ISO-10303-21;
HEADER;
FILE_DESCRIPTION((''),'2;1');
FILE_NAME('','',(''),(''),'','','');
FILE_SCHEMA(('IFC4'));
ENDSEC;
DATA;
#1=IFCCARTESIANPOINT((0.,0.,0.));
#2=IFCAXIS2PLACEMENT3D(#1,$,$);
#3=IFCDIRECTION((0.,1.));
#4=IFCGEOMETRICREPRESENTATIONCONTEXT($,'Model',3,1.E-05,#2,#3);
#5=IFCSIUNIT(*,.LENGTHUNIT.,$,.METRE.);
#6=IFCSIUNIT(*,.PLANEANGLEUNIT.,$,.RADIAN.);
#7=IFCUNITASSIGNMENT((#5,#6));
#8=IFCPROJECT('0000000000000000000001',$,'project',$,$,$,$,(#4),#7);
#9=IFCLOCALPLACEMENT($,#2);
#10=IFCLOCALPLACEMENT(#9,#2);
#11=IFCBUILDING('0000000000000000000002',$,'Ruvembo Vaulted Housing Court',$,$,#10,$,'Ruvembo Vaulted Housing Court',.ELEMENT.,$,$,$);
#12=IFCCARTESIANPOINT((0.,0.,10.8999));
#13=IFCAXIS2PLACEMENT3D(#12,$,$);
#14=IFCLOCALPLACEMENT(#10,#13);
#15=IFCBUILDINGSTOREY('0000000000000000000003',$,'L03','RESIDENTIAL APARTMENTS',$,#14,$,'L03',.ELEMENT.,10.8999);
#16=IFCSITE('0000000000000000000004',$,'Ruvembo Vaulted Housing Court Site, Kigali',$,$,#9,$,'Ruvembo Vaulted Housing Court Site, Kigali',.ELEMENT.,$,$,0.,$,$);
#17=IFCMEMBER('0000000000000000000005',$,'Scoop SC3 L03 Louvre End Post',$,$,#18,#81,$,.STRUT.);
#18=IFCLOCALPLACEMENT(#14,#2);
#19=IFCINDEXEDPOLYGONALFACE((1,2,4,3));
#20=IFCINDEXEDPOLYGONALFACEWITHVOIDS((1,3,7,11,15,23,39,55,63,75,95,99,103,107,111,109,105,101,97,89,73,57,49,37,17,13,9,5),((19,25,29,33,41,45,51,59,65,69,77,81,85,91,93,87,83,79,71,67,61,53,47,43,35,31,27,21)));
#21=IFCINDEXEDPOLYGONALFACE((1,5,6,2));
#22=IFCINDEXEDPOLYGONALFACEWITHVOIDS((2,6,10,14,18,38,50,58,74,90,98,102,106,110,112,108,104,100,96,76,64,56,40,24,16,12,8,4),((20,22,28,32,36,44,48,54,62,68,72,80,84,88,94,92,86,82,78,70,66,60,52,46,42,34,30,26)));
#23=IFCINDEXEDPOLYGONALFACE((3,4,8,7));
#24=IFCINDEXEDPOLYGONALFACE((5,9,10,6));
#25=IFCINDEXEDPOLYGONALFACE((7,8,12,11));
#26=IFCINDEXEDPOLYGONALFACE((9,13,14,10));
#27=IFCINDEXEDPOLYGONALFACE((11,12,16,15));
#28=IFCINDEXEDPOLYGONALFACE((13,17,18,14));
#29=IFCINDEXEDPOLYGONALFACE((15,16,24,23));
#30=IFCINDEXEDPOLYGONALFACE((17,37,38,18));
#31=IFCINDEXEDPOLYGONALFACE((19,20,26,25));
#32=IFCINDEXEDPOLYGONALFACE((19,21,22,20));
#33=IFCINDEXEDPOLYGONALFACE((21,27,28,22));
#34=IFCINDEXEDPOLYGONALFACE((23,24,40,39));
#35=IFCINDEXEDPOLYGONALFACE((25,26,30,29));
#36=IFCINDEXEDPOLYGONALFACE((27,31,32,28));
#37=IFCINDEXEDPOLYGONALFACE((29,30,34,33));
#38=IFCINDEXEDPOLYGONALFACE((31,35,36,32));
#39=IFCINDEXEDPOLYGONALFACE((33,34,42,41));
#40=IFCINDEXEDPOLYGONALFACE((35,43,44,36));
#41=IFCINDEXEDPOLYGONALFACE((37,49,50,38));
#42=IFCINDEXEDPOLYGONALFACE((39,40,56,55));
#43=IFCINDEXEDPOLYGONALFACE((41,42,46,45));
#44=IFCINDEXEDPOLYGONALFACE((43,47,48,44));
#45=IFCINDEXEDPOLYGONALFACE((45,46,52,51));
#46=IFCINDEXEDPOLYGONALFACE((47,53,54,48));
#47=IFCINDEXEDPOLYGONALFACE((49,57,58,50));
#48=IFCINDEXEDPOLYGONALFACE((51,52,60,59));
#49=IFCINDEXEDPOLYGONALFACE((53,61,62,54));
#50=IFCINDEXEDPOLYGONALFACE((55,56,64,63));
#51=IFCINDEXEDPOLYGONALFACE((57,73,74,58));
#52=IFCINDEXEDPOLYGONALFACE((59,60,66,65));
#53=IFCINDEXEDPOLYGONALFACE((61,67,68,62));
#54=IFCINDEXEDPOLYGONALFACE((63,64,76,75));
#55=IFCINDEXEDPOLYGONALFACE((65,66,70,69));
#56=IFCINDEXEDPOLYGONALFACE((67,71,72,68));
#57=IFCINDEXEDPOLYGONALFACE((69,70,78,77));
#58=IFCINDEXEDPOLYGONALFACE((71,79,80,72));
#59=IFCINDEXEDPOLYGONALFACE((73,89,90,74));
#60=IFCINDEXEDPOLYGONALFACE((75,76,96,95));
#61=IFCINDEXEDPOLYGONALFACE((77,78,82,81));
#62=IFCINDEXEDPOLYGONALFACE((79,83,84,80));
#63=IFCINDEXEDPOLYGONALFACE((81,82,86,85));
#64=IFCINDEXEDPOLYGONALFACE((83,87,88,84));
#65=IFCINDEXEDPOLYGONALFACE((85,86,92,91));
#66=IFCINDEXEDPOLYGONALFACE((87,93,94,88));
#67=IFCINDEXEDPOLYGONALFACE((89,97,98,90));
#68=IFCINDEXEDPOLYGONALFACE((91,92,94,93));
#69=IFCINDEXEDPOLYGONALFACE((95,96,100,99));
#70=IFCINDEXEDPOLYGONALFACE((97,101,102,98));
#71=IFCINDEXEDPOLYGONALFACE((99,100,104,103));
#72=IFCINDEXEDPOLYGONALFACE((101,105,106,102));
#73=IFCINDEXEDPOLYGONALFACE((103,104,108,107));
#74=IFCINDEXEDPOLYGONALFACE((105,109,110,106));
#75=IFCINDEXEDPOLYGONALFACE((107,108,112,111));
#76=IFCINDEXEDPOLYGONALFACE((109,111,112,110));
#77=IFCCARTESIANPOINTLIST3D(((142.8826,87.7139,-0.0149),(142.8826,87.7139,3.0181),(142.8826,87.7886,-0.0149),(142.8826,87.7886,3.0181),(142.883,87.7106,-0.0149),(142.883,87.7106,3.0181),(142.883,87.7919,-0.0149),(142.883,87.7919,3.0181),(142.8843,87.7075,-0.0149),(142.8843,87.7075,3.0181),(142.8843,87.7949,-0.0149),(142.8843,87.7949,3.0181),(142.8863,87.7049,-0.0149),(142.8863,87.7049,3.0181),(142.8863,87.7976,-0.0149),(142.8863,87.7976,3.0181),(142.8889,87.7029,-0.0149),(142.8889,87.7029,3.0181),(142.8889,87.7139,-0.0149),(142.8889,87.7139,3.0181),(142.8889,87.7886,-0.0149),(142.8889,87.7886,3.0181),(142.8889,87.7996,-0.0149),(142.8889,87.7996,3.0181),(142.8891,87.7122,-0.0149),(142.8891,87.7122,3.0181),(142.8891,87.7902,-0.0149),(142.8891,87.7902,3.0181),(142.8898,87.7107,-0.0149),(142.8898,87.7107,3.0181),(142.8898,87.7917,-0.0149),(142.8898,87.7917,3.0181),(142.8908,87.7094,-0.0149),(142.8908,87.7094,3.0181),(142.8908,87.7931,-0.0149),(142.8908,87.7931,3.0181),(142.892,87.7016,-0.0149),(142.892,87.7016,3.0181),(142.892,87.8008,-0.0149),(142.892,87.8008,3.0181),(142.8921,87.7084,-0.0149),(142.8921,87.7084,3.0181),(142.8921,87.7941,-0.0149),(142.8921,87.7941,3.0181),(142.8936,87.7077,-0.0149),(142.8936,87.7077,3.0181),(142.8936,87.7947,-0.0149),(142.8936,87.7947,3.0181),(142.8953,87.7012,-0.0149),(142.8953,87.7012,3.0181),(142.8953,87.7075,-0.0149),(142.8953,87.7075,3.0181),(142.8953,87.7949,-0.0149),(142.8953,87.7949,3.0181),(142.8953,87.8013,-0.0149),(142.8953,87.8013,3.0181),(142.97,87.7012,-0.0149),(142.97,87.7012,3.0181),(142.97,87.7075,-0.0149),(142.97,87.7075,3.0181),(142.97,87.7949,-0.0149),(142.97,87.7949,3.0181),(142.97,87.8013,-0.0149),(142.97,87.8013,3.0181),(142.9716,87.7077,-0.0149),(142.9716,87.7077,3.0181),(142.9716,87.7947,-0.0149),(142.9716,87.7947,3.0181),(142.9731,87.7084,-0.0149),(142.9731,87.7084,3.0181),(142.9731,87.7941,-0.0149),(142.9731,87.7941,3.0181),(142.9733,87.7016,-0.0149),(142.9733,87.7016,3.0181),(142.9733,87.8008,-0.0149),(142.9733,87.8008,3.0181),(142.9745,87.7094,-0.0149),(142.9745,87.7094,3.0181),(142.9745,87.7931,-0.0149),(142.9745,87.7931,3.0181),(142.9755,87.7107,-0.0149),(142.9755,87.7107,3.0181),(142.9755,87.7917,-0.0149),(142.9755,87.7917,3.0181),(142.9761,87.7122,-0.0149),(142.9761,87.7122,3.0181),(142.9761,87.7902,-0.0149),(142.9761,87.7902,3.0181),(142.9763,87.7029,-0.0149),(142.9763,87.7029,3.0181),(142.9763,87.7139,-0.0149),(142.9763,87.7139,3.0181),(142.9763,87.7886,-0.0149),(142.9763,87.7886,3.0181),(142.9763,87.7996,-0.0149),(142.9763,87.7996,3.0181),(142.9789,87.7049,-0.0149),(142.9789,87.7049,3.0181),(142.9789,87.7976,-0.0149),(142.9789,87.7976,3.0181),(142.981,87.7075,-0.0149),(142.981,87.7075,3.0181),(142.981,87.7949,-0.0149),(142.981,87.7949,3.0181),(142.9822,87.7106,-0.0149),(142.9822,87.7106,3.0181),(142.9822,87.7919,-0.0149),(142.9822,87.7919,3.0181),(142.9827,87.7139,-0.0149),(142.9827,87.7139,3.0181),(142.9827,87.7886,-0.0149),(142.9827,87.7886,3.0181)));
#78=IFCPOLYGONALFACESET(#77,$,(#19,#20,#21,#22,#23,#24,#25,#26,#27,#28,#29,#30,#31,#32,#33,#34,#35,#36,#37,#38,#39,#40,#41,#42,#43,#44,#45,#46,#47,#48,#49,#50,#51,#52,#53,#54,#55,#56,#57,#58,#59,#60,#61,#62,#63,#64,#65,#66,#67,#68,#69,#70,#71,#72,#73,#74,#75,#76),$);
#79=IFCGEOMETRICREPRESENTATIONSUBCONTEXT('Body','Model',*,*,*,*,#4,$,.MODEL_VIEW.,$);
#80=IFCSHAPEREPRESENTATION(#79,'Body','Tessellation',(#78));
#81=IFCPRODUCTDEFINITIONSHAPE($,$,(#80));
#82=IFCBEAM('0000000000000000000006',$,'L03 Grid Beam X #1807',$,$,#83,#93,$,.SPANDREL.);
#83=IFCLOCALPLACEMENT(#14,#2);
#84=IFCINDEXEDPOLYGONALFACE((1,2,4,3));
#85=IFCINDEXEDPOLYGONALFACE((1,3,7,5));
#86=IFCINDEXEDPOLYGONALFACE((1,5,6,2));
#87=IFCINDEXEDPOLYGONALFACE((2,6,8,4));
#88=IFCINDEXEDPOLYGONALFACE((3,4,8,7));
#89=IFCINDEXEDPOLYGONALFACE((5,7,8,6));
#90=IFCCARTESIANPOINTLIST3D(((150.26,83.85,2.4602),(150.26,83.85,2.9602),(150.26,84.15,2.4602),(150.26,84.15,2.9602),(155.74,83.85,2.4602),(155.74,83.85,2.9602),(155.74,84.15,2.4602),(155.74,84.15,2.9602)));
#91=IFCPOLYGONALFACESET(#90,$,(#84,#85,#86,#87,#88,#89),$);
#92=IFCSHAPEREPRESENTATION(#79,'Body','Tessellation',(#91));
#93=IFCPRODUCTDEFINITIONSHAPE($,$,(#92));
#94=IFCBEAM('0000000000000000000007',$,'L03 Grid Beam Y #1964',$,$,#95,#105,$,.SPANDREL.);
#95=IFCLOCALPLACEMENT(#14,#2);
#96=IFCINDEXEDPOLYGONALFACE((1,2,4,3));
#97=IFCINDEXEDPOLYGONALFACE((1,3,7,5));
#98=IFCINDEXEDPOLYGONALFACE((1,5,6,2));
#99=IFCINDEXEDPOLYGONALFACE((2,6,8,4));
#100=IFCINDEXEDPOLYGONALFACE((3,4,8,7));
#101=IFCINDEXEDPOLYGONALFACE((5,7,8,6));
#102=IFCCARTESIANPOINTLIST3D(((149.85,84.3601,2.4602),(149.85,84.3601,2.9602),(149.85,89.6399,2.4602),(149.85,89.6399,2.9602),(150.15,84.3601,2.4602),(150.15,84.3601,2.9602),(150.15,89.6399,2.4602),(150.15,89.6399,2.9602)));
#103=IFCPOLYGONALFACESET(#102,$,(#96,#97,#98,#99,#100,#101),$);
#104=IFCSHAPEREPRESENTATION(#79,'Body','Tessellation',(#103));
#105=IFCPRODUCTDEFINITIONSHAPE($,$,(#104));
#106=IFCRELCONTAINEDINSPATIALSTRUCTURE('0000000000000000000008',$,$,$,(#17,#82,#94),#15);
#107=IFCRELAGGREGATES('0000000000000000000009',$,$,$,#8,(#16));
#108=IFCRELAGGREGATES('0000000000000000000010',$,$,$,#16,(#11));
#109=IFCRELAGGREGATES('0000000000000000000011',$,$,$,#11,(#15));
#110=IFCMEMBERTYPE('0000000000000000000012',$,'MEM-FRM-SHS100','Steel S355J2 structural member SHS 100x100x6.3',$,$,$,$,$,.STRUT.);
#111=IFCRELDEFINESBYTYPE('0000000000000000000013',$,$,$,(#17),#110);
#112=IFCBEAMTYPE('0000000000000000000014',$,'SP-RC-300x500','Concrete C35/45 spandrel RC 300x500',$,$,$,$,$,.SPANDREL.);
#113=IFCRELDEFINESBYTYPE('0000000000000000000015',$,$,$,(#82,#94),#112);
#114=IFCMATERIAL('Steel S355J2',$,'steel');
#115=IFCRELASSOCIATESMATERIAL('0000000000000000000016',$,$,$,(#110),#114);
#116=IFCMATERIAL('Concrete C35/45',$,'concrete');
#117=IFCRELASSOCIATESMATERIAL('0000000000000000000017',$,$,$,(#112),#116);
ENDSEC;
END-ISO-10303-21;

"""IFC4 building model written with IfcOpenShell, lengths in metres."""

from ifc_helpers import new_model, si_unit, direction, frame, origin, origin_2d, place, context, subcontext, project, spatial, rectangle, hollow_rectangle, extrude, material, material_profile, profile_set, type_object, element, save


model = new_model("IFC4")

# Units and contexts
model_context = context("Model", 3, precision=1e-05, world=origin(), true_north=direction((0.0, 1.0)))
body_context = subcontext(model_context, "Body", "Model", "MODEL_VIEW")
ifc_project = project(units=[si_unit("LENGTHUNIT", "METRE"), si_unit("PLANEANGLEUNIT", "RADIAN")], contexts=[model_context])

# Site, building, storey
site_placement = place(None, origin())
site = spatial("IfcSite", under=ifc_project, at=site_placement, Name="Ruvembo Vaulted Housing Court Site, Kigali", LongName="Ruvembo Vaulted Housing Court Site, Kigali", CompositionType="ELEMENT", RefElevation=0.0)
building_placement = place(site_placement, origin())
building = spatial("IfcBuilding", under=site, at=building_placement, Name="Ruvembo Vaulted Housing Court", LongName="Ruvembo Vaulted Housing Court", CompositionType="ELEMENT")
storey_placement = place(building_placement, frame((0.0, 0.0, 10.8999)))
storey = spatial("IfcBuildingStorey", under=building, at=storey_placement, Name="L03", Description="RESIDENTIAL APARTMENTS", LongName="L03", CompositionType="ELEMENT", Elevation=10.8999)

# Shared definitions
ifc_material_1 = material(Name="Steel S355J2", Category="steel")

# Member
ifc_material_profile_1 = material_profile(ifc_material_1, hollow_rectangle(XDim=0.1001, YDim=0.1001, WallThickness=0.0063, InnerFilletRadius=0.0063, OuterFilletRadius=0.0127, at=origin_2d()), Name="SHS 100x100x6.3")
ifc_profile_set_1 = profile_set([ifc_material_profile_1], Name="Steel S355J2")
member_type_1 = type_object("IfcMemberType", Name="MEM-FRM-SHS100", Description="Steel S355J2 structural member SHS 100x100x6.3", PredefinedType="STRUT", material=ifc_profile_set_1)
for number, where, z_axis, x_axis, name in (
    (1, (142.9326, 87.7512, -0.0149), (0.0, 0.0, 1.0), (1.0, 0.0, 0.0), "Scoop SC3 L03 Louvre End Post"),
):
    element("IfcMember", number, at=place(storey_placement, frame(where, z_axis=z_axis, x_axis=x_axis)), inside=storey, type_object=member_type_1, Name=name, PredefinedType="STRUT", context=body_context, shape_type="SweptSolid", body=[
        extrude(hollow_rectangle(XDim=0.1001, YDim=0.1001, WallThickness=0.0063, InnerFilletRadius=0.0063, OuterFilletRadius=0.0127, at=origin_2d()), origin(), (0.0, 0.0, 1.0), 3.033),
    ])

# Beams
ifc_material_2 = material(Name="Concrete C35/45", Category="concrete")
ifc_material_profile_2 = material_profile(ifc_material_2, rectangle(XDim=0.3, YDim=0.5, at=origin_2d()), Name="RC 300x500")
ifc_profile_set_2 = profile_set([ifc_material_profile_2], Name="Concrete C35/45")
beam_type_1 = type_object("IfcBeamType", Name="SP-RC-300x500", Description="Concrete C35/45 spandrel RC 300x500", PredefinedType="SPANDREL", material=ifc_profile_set_2)
beam_1_placement = place(storey_placement, frame((150.26, 84.0, 2.7102), z_axis=(1.0, 0.0, 0.0), x_axis=(0.0, 1.0, 0.0)))
element("IfcBeam", 2, at=beam_1_placement, inside=storey, type_object=beam_type_1, Name="L03 Grid Beam X #1807", PredefinedType="SPANDREL", context=body_context, shape_type="SweptSolid", body=[
    extrude(rectangle(XDim=0.3, YDim=0.5, at=origin_2d()), origin(), (0.0, 0.0, 1.0), 5.48),
])
beam_2_placement = place(storey_placement, frame((150.0, 84.3601, 2.7102), z_axis=(0.0, 1.0, 0.0), x_axis=(-1.0, 0.0, 0.0)))
element("IfcBeam", 3, at=beam_2_placement, inside=storey, type_object=beam_type_1, Name="L03 Grid Beam Y #1964", PredefinedType="SPANDREL", context=body_context, shape_type="SweptSolid", body=[
    extrude(rectangle(XDim=0.3, YDim=0.5, at=origin_2d()), origin(), (0.0, 0.0, 1.0), 5.2798),
])

save(model, "model.ifc")
